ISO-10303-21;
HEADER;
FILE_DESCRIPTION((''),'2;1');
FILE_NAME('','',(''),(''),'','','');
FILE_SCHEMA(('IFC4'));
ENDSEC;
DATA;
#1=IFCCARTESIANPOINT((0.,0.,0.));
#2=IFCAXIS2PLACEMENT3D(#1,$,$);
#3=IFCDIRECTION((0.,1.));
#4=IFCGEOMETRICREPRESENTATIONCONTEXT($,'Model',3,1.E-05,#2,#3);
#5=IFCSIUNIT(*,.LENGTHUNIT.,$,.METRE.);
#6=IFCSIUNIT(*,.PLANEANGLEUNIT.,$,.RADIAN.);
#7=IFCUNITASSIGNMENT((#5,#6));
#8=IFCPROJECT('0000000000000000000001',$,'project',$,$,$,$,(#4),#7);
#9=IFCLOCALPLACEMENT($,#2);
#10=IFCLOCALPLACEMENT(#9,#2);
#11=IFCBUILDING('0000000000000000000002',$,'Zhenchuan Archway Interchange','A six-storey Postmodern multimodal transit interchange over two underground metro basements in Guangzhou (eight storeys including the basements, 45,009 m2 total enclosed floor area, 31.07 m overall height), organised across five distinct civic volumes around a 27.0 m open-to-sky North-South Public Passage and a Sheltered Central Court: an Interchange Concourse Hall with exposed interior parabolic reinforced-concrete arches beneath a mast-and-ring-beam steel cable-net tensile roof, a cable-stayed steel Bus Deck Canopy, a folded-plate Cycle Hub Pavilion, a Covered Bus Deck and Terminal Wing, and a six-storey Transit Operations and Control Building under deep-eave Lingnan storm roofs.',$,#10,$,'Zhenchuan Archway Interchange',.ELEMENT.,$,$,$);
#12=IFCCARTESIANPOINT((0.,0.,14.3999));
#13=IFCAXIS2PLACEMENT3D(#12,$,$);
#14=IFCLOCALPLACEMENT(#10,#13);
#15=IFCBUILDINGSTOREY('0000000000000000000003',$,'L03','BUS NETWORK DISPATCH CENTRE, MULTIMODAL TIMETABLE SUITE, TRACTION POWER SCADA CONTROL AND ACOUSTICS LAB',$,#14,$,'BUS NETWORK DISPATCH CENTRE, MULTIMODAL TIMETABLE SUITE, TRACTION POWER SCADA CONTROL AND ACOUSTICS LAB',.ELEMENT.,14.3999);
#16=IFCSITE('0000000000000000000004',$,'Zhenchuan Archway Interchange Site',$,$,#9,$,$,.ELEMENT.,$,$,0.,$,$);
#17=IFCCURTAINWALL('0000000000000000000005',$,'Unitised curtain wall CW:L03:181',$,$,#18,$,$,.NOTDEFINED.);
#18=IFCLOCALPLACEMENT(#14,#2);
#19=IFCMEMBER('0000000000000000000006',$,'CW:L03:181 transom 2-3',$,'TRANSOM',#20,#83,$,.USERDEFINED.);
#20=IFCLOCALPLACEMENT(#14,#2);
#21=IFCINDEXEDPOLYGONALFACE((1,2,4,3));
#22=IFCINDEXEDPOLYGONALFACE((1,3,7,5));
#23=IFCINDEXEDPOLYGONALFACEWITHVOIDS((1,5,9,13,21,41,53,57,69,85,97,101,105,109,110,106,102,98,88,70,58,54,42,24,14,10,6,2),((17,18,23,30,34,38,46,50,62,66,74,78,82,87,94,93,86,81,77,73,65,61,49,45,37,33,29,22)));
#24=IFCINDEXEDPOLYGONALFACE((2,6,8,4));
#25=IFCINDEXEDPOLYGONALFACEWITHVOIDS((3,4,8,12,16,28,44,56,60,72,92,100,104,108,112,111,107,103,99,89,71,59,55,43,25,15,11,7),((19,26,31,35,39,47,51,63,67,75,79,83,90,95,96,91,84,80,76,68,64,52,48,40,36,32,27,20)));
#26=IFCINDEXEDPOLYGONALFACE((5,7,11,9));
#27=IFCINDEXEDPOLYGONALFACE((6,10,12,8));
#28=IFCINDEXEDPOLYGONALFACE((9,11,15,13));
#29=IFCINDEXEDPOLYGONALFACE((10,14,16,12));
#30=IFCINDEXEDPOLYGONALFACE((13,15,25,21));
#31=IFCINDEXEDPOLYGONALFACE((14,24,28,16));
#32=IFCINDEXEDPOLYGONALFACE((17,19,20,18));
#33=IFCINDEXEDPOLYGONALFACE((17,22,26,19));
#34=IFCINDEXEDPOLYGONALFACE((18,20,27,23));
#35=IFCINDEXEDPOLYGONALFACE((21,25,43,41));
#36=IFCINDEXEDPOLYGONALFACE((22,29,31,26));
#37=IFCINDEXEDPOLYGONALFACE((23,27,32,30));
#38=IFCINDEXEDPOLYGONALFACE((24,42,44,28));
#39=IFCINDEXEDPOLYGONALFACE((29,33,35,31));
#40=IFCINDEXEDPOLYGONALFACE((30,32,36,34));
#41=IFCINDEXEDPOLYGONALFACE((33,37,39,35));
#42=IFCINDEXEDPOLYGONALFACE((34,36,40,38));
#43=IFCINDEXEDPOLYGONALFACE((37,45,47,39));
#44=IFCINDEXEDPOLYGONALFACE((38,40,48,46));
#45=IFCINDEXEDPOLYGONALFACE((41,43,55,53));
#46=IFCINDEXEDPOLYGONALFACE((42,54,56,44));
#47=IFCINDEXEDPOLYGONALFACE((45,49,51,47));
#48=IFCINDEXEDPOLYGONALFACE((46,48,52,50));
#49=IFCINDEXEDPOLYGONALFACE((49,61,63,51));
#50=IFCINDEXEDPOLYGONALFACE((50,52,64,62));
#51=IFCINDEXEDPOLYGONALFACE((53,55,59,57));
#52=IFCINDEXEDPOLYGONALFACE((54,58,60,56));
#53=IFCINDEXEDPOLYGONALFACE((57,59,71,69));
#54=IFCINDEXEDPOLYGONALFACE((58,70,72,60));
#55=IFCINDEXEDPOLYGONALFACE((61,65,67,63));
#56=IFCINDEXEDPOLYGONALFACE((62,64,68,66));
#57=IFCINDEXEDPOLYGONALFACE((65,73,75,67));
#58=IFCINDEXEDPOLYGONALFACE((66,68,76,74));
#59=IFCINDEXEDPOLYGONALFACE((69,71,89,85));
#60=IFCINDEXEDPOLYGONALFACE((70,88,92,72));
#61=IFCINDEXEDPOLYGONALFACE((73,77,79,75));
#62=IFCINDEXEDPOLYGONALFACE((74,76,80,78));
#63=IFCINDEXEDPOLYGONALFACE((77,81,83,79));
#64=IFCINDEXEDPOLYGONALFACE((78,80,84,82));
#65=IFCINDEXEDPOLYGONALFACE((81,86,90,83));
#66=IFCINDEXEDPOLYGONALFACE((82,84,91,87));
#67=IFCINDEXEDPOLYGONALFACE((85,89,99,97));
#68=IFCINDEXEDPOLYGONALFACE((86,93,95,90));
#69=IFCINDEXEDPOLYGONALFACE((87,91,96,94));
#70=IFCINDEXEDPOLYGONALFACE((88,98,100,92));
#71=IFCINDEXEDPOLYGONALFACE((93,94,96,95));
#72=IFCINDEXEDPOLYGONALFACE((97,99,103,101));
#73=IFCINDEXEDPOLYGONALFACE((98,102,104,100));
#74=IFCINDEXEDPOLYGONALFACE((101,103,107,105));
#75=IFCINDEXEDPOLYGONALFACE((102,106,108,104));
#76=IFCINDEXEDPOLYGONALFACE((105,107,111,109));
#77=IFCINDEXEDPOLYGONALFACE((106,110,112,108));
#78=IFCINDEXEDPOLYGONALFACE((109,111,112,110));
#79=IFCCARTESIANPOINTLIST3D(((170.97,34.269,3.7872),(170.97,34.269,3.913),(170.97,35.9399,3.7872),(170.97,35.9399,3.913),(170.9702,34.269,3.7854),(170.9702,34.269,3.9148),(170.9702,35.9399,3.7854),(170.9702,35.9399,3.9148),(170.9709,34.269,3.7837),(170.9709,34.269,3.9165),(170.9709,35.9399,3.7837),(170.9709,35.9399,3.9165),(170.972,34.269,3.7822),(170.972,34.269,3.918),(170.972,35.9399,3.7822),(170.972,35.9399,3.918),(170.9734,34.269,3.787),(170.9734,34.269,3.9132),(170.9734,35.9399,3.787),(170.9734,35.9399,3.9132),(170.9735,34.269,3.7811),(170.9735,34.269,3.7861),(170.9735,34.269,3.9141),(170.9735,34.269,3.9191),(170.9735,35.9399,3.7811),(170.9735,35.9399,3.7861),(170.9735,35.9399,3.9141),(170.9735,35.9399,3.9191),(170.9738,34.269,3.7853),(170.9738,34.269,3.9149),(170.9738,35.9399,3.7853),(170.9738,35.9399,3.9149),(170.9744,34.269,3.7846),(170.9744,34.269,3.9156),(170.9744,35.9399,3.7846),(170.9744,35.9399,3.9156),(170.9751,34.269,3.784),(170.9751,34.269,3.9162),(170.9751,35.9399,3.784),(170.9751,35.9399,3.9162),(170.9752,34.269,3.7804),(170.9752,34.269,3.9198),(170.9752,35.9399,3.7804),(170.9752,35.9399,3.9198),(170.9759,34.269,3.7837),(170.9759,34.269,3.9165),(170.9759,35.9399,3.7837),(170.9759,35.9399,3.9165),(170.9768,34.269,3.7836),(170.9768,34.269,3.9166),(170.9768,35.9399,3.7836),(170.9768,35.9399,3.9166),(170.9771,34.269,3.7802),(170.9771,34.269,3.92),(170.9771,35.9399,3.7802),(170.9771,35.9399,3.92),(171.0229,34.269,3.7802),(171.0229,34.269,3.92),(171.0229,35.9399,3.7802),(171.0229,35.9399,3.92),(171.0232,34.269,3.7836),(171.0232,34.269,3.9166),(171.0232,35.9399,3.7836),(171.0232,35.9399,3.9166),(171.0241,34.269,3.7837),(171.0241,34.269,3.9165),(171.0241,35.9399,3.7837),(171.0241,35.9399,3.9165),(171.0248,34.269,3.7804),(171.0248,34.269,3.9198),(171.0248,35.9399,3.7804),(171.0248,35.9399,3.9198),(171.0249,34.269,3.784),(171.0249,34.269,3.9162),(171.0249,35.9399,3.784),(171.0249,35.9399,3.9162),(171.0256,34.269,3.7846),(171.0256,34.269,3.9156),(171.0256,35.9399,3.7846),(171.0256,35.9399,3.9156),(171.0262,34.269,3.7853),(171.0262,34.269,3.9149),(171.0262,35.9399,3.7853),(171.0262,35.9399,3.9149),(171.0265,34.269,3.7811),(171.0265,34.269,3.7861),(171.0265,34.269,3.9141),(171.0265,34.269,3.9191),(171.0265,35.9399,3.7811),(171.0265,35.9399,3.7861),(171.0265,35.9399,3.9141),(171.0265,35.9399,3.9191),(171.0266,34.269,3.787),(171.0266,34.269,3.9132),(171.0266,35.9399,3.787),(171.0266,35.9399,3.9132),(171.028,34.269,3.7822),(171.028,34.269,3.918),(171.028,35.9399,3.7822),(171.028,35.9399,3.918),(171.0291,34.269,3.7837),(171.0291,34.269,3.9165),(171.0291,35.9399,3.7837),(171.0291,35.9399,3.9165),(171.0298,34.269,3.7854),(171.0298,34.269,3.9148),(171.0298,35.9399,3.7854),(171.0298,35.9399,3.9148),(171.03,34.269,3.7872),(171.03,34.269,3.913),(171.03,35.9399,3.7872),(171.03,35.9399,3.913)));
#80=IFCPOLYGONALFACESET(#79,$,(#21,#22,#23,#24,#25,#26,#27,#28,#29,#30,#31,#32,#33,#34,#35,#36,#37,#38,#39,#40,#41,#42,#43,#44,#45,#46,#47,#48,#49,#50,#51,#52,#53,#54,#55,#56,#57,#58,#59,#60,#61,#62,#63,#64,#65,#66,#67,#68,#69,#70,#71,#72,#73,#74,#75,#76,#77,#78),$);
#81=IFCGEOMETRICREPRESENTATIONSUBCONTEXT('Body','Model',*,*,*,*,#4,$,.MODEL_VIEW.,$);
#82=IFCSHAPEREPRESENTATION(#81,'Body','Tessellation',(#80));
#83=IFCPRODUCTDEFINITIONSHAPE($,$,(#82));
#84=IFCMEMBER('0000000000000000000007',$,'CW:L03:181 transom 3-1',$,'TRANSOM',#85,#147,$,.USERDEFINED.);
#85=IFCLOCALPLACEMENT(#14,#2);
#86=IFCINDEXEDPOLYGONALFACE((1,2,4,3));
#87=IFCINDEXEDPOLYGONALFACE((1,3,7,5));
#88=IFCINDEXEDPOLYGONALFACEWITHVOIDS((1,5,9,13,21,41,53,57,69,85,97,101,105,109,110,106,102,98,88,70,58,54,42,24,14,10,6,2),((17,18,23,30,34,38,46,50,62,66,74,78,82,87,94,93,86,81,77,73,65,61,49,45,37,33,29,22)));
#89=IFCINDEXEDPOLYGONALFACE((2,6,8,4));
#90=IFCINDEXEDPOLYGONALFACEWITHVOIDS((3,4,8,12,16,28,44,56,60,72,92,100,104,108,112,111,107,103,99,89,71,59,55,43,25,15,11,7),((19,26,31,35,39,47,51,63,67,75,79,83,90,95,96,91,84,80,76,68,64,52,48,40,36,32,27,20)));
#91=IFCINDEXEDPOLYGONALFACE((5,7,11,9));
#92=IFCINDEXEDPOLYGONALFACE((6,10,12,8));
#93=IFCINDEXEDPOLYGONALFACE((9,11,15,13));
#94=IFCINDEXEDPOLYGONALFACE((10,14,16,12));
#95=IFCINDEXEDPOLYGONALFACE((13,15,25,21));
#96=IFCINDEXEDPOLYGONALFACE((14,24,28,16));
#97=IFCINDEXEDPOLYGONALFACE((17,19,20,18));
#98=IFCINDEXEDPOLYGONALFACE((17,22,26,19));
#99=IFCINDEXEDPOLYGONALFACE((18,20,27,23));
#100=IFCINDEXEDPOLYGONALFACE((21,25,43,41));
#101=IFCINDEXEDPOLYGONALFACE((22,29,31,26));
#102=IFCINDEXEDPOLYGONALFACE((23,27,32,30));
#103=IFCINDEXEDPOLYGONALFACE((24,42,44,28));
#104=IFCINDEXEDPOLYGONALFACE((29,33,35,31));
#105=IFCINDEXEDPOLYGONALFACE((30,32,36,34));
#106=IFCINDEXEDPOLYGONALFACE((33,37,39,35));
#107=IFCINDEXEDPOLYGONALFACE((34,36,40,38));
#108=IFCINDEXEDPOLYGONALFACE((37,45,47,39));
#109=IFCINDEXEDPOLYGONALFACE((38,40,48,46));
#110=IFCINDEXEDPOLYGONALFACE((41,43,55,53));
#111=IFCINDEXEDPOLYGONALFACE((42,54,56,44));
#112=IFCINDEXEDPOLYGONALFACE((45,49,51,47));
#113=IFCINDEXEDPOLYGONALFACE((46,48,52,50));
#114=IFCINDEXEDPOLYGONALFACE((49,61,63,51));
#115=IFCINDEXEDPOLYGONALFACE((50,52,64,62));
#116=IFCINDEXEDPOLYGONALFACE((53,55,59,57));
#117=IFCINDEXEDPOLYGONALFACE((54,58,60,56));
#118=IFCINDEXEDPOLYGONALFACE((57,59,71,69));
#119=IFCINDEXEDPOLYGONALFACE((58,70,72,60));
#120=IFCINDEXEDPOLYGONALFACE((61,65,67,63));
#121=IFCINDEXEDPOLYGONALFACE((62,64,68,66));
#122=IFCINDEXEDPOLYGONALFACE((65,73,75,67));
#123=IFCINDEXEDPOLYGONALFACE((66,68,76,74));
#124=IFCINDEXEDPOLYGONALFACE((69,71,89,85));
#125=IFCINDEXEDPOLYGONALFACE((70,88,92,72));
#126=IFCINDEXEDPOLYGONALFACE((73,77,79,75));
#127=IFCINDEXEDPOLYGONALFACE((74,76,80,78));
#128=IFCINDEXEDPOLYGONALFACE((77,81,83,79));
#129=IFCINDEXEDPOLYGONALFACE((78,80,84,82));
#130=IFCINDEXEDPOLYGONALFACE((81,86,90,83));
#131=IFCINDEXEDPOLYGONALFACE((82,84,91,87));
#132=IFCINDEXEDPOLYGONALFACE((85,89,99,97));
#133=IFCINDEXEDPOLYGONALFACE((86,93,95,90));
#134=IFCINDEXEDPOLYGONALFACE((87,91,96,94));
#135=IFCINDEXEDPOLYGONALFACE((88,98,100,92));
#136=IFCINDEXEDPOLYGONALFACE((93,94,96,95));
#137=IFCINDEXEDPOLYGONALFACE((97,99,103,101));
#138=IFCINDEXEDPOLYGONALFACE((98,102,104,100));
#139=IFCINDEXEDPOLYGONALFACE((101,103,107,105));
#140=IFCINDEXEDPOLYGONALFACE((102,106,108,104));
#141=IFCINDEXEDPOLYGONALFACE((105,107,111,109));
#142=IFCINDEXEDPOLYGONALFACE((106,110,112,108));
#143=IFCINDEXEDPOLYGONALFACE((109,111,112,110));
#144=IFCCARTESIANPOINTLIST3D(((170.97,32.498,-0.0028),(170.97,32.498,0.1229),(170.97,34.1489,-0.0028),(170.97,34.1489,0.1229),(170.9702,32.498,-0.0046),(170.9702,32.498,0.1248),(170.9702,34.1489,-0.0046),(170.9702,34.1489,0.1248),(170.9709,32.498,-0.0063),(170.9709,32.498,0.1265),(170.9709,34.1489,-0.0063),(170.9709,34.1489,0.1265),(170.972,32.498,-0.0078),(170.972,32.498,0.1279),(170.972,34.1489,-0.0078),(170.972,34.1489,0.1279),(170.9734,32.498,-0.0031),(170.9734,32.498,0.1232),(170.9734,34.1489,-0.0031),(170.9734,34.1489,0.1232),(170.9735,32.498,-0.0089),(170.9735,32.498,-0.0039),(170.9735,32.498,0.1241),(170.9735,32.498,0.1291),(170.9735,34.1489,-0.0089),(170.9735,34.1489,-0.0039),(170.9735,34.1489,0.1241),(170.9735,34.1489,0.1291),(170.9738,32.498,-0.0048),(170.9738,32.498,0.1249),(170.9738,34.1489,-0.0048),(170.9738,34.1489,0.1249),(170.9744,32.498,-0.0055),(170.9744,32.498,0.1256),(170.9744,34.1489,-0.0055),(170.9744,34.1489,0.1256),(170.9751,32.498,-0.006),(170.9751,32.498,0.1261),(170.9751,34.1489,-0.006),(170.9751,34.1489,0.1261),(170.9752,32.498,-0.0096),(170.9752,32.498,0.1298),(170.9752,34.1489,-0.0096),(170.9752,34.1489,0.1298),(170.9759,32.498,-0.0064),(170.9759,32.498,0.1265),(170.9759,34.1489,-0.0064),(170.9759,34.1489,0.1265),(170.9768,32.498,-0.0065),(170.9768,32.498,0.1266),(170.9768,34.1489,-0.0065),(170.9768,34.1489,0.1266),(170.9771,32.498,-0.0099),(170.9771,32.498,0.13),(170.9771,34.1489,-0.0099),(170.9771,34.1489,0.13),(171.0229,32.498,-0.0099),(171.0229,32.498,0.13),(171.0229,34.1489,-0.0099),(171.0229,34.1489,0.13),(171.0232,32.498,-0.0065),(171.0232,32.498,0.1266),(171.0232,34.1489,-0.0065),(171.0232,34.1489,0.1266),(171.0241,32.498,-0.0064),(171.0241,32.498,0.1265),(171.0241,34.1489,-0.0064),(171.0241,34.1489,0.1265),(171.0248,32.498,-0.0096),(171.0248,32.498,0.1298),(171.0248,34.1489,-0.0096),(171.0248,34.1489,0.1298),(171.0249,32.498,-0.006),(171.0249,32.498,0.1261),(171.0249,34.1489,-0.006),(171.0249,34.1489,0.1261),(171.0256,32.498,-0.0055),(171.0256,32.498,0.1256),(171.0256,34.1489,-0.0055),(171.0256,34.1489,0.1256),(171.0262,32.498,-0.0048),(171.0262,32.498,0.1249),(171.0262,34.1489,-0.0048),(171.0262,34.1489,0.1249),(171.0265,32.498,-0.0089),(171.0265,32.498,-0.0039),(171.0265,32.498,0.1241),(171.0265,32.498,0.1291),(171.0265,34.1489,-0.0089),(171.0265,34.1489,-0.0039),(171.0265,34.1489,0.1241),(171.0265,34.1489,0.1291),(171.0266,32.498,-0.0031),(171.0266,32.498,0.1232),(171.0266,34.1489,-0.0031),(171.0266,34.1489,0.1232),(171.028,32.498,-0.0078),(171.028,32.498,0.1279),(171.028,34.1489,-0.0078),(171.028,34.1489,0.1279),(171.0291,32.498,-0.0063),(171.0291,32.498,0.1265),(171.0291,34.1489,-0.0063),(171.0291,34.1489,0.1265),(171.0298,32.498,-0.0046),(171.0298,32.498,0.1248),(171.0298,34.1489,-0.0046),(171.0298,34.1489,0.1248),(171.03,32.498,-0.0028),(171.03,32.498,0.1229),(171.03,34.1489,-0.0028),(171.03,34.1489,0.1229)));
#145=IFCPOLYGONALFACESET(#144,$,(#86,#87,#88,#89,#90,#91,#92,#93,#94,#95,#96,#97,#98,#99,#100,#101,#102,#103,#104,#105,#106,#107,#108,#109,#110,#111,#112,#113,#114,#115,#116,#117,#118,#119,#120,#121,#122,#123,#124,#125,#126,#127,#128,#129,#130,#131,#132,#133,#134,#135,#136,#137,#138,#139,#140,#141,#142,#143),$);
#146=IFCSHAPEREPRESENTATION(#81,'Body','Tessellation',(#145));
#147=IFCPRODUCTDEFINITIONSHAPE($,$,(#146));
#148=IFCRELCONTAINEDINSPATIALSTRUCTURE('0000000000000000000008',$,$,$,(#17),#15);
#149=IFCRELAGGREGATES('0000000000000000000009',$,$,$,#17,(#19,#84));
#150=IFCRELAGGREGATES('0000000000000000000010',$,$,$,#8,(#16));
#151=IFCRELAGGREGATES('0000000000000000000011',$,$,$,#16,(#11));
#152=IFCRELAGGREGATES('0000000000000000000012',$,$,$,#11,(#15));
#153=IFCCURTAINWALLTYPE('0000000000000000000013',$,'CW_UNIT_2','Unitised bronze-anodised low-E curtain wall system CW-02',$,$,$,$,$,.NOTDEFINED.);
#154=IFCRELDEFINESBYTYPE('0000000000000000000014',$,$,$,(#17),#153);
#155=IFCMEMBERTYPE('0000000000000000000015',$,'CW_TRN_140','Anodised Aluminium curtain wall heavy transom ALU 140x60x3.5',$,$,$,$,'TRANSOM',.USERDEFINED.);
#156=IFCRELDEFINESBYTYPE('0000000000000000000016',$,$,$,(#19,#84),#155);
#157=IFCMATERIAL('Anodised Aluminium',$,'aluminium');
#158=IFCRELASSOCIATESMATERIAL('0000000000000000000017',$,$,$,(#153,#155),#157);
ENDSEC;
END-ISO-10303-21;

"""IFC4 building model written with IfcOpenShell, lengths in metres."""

from ifc_helpers import new_model, si_unit, direction, frame, origin, origin_2d, place, context, subcontext, project, spatial, hollow_rectangle, extrude, material, material_profile, profile_set, type_object, element, aggregate, save


model = new_model("IFC4")

# Units and contexts
model_context = context("Model", 3, precision=1e-05, world=origin(), true_north=direction((0.0, 1.0)))
body_context = subcontext(model_context, "Body", "Model", "MODEL_VIEW")
ifc_project = project(units=[si_unit("LENGTHUNIT", "METRE"), si_unit("PLANEANGLEUNIT", "RADIAN")], contexts=[model_context])

# Site, building, storey
site_placement = place(None, origin())
site = spatial("IfcSite", under=ifc_project, at=site_placement, Name="Zhenchuan Archway Interchange Site", CompositionType="ELEMENT", RefElevation=0.0)
building_placement = place(site_placement, origin())
building = spatial("IfcBuilding", under=site, at=building_placement, Name="Zhenchuan Archway Interchange", Description="A six-storey Postmodern multimodal transit interchange over two underground metro basements in Guangzhou (eight storeys including the basements, 45,009 m2 total enclosed floor area, 31.07 m overall height), organised across five distinct civic volumes around a 27.0 m open-to-sky North-South Public Passage and a Sheltered Central Court: an Interchange Concourse Hall with exposed interior parabolic reinforced-concrete arches beneath a mast-and-ring-beam steel cable-net tensile roof, a cable-stayed steel Bus Deck Canopy, a folded-plate Cycle Hub Pavilion, a Covered Bus Deck and Terminal Wing, and a six-storey Transit Operations and Control Building under deep-eave Lingnan storm roofs.", LongName="Zhenchuan Archway Interchange", CompositionType="ELEMENT")
storey_placement = place(building_placement, frame((0.0, 0.0, 14.3999)))
storey = spatial("IfcBuildingStorey", under=building, at=storey_placement, Name="L03", Description="BUS NETWORK DISPATCH CENTRE, MULTIMODAL TIMETABLE SUITE, TRACTION POWER SCADA CONTROL AND ACOUSTICS LAB", LongName="BUS NETWORK DISPATCH CENTRE, MULTIMODAL TIMETABLE SUITE, TRACTION POWER SCADA CONTROL AND ACOUSTICS LAB", CompositionType="ELEMENT", Elevation=14.3999)

# Curtain wall
ifc_material_1 = material(Name="Anodised Aluminium", Category="aluminium")
curtain_wall_type_1 = type_object("IfcCurtainWallType", Name="CW_UNIT_2", Description="Unitised bronze-anodised low-E curtain wall system CW-02", PredefinedType="NOTDEFINED", material=ifc_material_1)
curtain_wall_1_placement = place(storey_placement, origin())
curtain_wall_1 = element("IfcCurtainWall", 1, at=curtain_wall_1_placement, inside=storey, type_object=curtain_wall_type_1, Name="Unitised curtain wall CW:L03:181", PredefinedType="NOTDEFINED")

# Members
ifc_material_profile_1 = material_profile(ifc_material_1, hollow_rectangle(XDim=0.0601, YDim=0.1399, WallThickness=0.0034, InnerFilletRadius=0.0034, OuterFilletRadius=0.0071, at=origin_2d()), Name="ALU 140x60x3.5")
ifc_profile_set_1 = profile_set([ifc_material_profile_1], Name="Anodised Aluminium")
member_type_1 = type_object("IfcMemberType", Name="CW_TRN_140", Description="Anodised Aluminium curtain wall heavy transom ALU 140x60x3.5", ElementType="TRANSOM", PredefinedType="USERDEFINED", material=ifc_profile_set_1)
member_1_placement = place(storey_placement, frame((171.0, 35.9399, 3.8501), z_axis=(0.0, -1.0, 0.0), x_axis=(1.0, 0.0, 0.0)))
member_1 = element("IfcMember", 2, at=member_1_placement, type_object=member_type_1, Name="CW:L03:181 transom 2-3", ObjectType="TRANSOM", PredefinedType="USERDEFINED", context=body_context, shape_type="SweptSolid", body=[
    extrude(hollow_rectangle(XDim=0.0601, YDim=0.1399, WallThickness=0.0034, InnerFilletRadius=0.0034, OuterFilletRadius=0.0071, at=origin_2d()), origin(), (0.0, 0.0, 1.0), 1.6709),
])
member_2_placement = place(storey_placement, frame((171.0, 34.1489, 0.0601), z_axis=(0.0, -1.0, 0.0), x_axis=(1.0, 0.0, 0.0)))
member_2 = element("IfcMember", 3, at=member_2_placement, type_object=member_type_1, Name="CW:L03:181 transom 3-1", ObjectType="TRANSOM", PredefinedType="USERDEFINED", context=body_context, shape_type="SweptSolid", body=[
    extrude(hollow_rectangle(XDim=0.0601, YDim=0.1399, WallThickness=0.0034, InnerFilletRadius=0.0034, OuterFilletRadius=0.0071, at=origin_2d()), origin(), (0.0, 0.0, 1.0), 1.6509),
])

aggregate(curtain_wall_1, [member_1, member_2])

save(model, "model.ifc")
